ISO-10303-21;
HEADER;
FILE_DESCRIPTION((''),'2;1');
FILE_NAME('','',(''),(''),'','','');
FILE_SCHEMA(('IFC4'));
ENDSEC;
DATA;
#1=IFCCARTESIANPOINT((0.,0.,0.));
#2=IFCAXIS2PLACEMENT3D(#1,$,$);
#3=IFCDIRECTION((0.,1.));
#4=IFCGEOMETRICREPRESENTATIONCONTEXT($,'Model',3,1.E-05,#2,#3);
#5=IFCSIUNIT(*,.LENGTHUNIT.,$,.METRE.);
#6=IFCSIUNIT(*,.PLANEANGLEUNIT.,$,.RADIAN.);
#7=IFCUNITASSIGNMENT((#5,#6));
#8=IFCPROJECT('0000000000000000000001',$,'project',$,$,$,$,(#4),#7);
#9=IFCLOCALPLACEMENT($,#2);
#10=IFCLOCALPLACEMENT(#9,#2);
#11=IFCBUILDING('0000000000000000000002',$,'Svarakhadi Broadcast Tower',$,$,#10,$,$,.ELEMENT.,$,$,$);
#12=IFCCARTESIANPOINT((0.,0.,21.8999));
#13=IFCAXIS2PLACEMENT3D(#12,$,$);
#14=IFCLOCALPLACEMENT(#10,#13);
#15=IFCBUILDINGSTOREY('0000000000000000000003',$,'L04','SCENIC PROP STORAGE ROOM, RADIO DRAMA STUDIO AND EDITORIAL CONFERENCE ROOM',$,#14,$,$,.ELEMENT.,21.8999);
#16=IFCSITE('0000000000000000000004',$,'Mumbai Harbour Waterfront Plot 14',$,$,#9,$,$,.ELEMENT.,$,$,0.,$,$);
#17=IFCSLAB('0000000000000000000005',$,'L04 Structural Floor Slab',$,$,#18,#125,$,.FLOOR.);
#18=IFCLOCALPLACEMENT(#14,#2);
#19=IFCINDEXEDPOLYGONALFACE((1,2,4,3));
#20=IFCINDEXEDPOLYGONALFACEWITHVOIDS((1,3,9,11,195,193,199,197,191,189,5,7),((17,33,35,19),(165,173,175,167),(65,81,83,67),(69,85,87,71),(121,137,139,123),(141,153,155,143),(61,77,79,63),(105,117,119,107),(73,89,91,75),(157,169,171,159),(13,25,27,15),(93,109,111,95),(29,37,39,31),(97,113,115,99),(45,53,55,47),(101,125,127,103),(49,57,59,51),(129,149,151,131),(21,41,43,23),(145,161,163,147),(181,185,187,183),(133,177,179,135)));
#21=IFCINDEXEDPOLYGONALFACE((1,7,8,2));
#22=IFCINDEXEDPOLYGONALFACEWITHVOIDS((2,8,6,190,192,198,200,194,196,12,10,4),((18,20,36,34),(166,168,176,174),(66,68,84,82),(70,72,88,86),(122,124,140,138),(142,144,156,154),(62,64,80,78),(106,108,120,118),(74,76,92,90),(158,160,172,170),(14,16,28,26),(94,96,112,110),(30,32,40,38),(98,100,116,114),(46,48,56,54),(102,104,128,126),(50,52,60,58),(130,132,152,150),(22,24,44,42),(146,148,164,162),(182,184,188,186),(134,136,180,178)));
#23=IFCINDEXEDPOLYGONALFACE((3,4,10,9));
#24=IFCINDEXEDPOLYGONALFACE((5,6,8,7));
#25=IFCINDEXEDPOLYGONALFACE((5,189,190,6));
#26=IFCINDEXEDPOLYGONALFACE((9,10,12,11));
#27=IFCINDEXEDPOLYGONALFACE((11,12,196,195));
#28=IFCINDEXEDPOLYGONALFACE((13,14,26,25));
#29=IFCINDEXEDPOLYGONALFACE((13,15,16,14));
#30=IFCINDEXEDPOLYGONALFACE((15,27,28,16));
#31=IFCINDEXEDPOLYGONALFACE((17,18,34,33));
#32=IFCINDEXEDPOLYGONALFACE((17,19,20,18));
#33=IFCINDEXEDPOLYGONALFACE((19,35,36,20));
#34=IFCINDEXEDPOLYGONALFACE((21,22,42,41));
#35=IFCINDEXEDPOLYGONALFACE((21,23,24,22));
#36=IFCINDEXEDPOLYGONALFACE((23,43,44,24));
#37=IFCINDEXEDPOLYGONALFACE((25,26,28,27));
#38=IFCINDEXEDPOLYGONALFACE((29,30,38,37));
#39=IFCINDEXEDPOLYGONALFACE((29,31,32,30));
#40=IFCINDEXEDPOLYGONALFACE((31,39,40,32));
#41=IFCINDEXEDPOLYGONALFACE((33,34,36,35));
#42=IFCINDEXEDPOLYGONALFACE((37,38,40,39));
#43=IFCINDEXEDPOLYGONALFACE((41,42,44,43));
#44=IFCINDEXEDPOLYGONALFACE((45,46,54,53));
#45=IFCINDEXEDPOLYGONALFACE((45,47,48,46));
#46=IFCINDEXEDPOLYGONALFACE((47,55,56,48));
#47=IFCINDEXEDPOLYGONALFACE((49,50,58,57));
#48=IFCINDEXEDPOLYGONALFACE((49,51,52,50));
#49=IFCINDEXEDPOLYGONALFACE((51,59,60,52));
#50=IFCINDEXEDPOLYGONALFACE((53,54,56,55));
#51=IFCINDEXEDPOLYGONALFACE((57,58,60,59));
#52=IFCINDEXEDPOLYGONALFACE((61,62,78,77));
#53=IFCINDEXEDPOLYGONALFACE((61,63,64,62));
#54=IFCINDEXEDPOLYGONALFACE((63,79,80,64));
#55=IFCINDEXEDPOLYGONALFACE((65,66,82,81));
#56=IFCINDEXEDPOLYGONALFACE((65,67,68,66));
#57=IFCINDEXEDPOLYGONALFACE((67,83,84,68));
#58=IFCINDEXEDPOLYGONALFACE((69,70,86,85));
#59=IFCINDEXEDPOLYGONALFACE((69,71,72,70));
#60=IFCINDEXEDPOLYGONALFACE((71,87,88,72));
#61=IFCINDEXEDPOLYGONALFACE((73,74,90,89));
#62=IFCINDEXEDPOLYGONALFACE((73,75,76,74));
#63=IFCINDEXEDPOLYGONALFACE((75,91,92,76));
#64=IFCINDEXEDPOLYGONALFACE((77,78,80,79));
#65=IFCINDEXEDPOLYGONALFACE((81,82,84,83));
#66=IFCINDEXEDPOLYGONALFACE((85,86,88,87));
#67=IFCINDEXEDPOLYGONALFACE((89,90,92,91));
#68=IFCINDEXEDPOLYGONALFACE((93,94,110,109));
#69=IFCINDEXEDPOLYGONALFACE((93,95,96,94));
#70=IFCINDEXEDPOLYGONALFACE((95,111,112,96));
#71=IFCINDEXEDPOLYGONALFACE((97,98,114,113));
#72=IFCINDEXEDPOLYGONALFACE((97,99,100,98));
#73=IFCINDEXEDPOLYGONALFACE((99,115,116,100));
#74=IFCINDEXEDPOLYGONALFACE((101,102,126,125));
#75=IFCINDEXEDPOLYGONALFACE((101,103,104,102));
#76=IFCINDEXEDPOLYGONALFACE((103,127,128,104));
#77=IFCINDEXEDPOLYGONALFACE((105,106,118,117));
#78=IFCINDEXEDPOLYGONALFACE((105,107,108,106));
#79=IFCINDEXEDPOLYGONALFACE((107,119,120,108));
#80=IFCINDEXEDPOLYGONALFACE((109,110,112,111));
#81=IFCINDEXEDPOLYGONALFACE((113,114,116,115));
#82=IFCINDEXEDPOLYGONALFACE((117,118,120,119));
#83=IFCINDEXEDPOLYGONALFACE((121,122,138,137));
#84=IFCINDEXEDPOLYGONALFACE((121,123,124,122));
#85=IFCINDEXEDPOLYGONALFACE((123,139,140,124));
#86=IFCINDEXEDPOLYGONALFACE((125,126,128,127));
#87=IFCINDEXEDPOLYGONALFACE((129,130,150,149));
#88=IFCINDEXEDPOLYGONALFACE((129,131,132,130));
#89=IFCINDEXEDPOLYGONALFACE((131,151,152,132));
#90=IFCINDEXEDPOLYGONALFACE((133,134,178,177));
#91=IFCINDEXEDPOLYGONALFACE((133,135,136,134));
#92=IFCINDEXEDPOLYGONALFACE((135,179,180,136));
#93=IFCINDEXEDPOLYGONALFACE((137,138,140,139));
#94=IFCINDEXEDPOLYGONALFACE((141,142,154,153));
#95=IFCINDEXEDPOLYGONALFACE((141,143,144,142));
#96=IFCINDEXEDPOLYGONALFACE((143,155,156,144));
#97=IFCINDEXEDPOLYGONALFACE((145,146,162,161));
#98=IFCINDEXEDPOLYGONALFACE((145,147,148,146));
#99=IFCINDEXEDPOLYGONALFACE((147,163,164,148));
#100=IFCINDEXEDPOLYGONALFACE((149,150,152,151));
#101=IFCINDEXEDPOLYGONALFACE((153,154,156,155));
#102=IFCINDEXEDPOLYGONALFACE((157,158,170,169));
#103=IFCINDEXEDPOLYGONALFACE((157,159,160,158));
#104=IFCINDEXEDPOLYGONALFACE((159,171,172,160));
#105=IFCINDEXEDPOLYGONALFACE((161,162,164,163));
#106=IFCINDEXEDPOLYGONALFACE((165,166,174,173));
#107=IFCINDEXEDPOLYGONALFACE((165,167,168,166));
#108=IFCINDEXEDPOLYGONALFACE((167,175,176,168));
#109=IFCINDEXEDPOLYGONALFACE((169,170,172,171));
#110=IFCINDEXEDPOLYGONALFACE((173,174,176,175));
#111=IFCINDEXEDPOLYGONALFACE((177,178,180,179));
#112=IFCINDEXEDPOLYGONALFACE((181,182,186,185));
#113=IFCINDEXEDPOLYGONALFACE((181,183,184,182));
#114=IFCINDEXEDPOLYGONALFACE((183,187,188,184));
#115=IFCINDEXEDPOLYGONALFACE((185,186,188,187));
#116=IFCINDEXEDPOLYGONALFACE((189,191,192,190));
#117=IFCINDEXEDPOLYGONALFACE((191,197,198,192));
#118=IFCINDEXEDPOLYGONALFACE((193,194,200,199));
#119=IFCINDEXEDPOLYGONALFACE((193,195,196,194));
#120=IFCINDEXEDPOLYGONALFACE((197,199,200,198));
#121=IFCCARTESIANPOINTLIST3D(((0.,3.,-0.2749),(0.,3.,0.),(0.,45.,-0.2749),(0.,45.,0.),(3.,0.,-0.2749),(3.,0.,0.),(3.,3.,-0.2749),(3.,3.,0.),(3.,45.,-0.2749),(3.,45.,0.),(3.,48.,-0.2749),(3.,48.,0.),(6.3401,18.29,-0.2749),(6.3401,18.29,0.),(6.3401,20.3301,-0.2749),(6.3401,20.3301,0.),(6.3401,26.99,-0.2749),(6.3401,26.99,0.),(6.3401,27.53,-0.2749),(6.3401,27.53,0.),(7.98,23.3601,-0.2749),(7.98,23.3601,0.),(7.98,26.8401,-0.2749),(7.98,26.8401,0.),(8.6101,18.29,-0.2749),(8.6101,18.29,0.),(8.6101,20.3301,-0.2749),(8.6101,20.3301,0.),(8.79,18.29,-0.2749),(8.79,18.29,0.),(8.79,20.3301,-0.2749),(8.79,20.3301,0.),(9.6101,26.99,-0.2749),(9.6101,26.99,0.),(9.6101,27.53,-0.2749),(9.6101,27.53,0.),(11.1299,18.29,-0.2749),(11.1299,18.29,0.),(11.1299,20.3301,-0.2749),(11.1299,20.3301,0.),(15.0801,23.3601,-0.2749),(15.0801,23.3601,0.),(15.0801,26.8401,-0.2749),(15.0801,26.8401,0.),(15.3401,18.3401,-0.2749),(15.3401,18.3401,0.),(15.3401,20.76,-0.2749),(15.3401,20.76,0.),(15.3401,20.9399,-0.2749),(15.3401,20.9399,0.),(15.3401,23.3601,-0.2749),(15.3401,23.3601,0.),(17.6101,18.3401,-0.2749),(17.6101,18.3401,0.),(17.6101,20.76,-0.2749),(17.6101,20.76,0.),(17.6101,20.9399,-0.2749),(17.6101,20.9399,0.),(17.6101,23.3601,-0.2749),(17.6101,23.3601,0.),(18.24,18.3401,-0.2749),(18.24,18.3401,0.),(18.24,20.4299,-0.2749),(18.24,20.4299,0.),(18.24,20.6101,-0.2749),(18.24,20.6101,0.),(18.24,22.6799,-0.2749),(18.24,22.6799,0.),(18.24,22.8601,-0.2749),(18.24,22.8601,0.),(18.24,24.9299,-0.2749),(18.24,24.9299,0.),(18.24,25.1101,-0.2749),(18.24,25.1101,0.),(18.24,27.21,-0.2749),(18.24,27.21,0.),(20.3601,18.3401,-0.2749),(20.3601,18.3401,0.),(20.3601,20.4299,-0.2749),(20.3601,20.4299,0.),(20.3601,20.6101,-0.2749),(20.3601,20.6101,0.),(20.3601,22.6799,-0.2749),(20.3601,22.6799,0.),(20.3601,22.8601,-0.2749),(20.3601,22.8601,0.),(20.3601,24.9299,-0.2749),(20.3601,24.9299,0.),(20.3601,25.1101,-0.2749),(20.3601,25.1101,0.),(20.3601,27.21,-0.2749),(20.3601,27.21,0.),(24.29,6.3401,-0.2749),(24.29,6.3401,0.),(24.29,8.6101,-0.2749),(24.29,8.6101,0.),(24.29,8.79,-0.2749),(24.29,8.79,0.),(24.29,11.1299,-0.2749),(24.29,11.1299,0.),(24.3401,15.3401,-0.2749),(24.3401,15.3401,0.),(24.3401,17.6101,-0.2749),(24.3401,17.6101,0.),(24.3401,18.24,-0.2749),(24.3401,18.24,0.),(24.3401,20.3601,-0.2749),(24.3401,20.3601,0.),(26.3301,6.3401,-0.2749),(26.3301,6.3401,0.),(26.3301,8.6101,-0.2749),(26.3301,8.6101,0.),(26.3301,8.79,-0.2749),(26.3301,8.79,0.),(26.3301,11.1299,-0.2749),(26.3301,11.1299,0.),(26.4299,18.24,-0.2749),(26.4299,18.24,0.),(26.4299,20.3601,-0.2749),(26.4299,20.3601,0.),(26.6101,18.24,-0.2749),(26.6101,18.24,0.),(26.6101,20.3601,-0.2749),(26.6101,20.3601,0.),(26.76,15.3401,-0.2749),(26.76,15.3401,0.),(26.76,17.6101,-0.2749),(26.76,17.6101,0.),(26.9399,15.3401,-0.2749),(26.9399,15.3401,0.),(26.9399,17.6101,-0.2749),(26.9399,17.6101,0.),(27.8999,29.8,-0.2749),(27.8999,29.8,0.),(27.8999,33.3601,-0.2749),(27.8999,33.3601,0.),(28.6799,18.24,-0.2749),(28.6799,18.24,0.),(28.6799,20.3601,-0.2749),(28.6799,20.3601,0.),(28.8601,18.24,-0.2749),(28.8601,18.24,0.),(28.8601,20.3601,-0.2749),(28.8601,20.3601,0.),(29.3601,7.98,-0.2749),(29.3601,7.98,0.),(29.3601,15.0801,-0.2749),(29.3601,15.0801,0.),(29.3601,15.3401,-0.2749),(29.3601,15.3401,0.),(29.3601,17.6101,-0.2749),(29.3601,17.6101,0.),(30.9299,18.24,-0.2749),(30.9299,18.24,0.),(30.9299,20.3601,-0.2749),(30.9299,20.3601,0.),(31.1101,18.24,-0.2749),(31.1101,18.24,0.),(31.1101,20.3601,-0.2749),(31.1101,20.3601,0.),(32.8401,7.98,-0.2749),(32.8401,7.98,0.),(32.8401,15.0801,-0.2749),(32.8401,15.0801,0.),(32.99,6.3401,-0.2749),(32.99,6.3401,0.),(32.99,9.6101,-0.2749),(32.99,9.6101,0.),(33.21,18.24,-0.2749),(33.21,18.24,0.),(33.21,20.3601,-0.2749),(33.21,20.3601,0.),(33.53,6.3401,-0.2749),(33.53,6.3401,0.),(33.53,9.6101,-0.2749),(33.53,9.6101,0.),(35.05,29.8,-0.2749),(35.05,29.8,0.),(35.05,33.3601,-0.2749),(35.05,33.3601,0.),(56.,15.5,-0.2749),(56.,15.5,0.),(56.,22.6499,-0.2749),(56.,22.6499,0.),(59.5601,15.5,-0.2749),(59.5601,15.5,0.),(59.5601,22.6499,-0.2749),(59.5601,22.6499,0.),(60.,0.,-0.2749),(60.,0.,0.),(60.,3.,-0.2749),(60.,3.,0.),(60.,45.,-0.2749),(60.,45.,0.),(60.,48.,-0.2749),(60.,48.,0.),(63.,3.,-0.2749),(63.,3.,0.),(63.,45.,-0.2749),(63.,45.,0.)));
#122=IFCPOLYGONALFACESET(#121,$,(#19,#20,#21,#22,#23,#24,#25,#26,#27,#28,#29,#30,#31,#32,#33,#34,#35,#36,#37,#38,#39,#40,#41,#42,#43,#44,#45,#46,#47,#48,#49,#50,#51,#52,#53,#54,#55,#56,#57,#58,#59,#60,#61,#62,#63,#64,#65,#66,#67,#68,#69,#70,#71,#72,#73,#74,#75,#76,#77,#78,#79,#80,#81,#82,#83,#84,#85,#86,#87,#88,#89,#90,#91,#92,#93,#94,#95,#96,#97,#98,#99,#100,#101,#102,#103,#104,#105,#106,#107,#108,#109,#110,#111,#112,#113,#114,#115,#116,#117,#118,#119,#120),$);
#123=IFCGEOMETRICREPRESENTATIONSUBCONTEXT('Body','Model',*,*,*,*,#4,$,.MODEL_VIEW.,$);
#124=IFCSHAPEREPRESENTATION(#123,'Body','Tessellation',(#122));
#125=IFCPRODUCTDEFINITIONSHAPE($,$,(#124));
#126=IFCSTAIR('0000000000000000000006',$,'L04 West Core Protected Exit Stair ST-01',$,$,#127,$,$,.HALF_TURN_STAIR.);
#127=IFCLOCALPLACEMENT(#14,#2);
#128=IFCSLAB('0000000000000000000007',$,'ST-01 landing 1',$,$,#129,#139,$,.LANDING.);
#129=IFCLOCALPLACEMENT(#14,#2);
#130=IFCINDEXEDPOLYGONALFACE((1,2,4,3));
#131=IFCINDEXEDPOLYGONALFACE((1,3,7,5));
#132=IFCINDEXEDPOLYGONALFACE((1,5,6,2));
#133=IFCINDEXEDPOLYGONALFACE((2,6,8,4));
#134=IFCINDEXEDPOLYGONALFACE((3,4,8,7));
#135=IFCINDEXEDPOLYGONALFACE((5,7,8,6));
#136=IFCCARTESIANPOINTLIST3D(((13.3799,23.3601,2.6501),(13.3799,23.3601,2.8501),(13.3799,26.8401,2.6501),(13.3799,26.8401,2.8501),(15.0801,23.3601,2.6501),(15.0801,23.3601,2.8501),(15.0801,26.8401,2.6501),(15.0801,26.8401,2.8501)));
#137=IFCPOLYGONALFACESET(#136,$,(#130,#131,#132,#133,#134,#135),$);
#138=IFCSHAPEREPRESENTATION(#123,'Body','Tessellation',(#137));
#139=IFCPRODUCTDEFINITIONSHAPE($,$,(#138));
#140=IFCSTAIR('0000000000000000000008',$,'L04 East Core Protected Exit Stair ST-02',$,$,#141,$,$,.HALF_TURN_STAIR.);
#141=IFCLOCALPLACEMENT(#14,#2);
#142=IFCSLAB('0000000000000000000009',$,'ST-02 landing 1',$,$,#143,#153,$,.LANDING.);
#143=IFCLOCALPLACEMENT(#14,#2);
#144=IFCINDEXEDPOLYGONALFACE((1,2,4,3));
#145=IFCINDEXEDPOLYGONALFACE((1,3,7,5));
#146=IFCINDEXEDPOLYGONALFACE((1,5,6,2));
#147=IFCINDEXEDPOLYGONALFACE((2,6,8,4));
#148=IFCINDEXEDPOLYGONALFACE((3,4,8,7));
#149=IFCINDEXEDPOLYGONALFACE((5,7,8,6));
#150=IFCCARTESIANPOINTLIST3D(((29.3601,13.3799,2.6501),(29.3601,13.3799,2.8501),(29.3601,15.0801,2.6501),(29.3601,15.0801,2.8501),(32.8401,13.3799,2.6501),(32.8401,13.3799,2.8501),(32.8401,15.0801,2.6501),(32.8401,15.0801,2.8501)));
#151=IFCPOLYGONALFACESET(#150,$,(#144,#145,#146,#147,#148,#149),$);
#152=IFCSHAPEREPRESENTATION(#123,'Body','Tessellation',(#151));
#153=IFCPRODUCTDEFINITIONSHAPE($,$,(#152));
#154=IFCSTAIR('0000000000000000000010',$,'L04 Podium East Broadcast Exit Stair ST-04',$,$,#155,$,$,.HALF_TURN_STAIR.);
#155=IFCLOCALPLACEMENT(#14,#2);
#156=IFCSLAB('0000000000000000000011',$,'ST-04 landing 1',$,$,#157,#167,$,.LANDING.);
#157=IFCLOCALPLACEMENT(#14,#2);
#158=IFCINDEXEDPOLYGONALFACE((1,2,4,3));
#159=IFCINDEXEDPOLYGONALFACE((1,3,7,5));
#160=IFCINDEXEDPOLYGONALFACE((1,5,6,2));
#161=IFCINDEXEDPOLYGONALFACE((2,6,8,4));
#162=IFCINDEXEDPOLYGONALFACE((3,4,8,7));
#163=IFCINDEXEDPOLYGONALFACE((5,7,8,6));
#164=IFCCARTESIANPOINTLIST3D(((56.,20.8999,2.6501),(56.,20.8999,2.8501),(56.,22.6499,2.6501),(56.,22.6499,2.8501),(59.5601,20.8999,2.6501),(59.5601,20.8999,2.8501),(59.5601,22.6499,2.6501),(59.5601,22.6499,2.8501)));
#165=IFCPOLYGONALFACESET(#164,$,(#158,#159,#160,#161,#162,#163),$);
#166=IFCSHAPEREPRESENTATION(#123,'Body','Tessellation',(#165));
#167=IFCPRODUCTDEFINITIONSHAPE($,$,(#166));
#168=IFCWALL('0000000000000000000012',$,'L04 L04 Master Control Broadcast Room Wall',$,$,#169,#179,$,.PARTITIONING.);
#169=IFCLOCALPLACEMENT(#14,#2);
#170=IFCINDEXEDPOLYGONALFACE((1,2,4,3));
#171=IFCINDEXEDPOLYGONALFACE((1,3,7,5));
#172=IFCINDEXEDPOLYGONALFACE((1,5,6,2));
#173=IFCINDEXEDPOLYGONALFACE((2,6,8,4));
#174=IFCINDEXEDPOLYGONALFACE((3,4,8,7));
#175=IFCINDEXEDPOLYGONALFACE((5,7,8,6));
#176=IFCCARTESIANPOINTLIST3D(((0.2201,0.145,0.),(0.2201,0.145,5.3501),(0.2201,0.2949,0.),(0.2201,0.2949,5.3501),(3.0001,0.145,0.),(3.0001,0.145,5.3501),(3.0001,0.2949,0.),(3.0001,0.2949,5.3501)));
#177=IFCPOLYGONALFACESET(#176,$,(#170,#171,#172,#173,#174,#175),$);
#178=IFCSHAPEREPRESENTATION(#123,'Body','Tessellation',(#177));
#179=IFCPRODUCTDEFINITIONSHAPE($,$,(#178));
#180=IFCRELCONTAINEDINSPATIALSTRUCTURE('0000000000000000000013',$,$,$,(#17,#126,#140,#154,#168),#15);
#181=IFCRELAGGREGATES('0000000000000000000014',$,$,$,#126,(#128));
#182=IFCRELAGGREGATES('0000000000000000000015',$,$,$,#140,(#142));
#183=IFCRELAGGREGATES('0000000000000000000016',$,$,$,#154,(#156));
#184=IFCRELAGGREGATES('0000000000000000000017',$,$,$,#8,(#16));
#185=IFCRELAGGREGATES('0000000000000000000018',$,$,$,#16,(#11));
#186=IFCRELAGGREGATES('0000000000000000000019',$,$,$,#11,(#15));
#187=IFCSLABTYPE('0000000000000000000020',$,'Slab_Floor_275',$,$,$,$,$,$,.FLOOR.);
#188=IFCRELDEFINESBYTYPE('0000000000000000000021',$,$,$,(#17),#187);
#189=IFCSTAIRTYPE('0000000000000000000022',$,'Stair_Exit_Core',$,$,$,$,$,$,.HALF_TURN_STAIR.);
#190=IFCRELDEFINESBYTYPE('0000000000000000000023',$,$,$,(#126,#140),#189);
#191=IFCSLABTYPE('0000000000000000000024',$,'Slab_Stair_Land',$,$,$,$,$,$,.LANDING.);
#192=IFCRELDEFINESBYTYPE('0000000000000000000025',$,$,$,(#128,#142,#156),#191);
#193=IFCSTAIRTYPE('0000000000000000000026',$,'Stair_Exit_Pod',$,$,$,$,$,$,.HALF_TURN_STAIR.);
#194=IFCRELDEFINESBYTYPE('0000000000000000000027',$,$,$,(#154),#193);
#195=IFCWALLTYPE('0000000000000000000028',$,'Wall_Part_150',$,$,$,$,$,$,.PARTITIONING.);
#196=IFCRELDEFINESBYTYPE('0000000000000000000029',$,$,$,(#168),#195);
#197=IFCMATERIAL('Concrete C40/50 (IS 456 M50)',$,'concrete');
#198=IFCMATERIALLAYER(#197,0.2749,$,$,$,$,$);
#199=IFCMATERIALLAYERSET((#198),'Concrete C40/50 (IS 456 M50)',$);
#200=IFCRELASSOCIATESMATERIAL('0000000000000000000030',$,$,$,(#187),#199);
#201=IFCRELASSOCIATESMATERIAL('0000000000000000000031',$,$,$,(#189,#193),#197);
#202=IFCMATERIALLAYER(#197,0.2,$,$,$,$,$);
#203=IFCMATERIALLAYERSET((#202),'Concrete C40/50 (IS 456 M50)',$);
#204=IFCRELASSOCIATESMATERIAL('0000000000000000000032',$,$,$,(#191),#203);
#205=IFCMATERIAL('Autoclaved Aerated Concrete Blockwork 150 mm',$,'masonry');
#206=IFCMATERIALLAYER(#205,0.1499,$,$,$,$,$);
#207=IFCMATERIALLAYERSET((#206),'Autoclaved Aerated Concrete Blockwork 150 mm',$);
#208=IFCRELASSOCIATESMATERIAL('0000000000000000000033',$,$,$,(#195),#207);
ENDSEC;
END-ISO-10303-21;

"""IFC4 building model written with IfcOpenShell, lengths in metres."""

from ifc_helpers import new_model, si_unit, direction, frame, frame_2d, origin, place, context, subcontext, project, spatial, polyline, rectangle, outline, extrude, material, layer, layer_set, type_object, element, aggregate, save


model = new_model("IFC4")

# Units and contexts
model_context = context("Model", 3, precision=1e-05, world=origin(), true_north=direction((0.0, 1.0)))
body_context = subcontext(model_context, "Body", "Model", "MODEL_VIEW")
ifc_project = project(units=[si_unit("LENGTHUNIT", "METRE"), si_unit("PLANEANGLEUNIT", "RADIAN")], contexts=[model_context])

# Site, building, storey
site_placement = place(None, origin())
site = spatial("IfcSite", under=ifc_project, at=site_placement, Name="Mumbai Harbour Waterfront Plot 14", CompositionType="ELEMENT", RefElevation=0.0)
building_placement = place(site_placement, origin())
building = spatial("IfcBuilding", under=site, at=building_placement, Name="Svarakhadi Broadcast Tower", CompositionType="ELEMENT")
storey_placement = place(building_placement, frame((0.0, 0.0, 21.8999)))
storey = spatial("IfcBuildingStorey", under=building, at=storey_placement, Name="L04", Description="SCENIC PROP STORAGE ROOM, RADIO DRAMA STUDIO AND EDITORIAL CONFERENCE ROOM", CompositionType="ELEMENT", Elevation=21.8999)

# Slab
ifc_material_1 = material(Name="Concrete C40/50 (IS 456 M50)", Category="concrete")
ifc_layer_1 = layer(ifc_material_1, 0.2749)
ifc_layer_set_1 = layer_set([ifc_layer_1], Name="Concrete C40/50 (IS 456 M50)")
slab_type_1 = type_object("IfcSlabType", Name="Slab_Floor_275", PredefinedType="FLOOR", material=ifc_layer_set_1)
slab_1_placement = place(storey_placement, frame((0.0, 0.0, -0.2749)))
element("IfcSlab", 1, at=slab_1_placement, inside=storey, type_object=slab_type_1, Name="L04 Structural Floor Slab", PredefinedType="FLOOR", context=body_context, shape_type="SweptSolid", body=[
    extrude(outline(polyline([(3.0, 0.0), (60.0, 0.0), (60.0, 3.0), (63.0, 3.0), (63.0, 45.0), (60.0, 45.0), (60.0, 48.0), (3.0, 48.0), (3.0, 45.0), (0.0, 45.0), (0.0, 3.0), (3.0, 3.0), (3.0, 0.0)]), holes=[polyline([(7.98, 23.3601), (15.0801, 23.3601), (15.0801, 26.8401), (7.98, 26.8401), (7.98, 23.3601)]), polyline([(32.8401, 7.98), (32.8401, 15.0801), (29.3601, 15.0801), (29.3601, 7.98), (32.8401, 7.98)]), polyline([(27.8999, 29.8), (35.05, 29.8), (35.05, 33.3601), (27.8999, 33.3601), (27.8999, 29.8)]), polyline([(59.5601, 15.5), (59.5601, 22.6499), (56.0, 22.6499), (56.0, 15.5), (59.5601, 15.5)]), polyline([(6.3401, 18.29), (8.6101, 18.29), (8.6101, 20.3301), (6.3401, 20.3301), (6.3401, 18.29)]), polyline([(8.79, 18.29), (11.1299, 18.29), (11.1299, 20.3301), (8.79, 20.3301), (8.79, 18.29)]), polyline([(24.29, 6.3401), (26.3301, 6.3401), (26.3301, 8.6101), (24.29, 8.6101), (24.29, 6.3401)]), polyline([(24.29, 8.79), (26.3301, 8.79), (26.3301, 11.1299), (24.29, 11.1299), (24.29, 8.79)]), polyline([(6.3401, 26.99), (9.6101, 26.99), (9.6101, 27.53), (6.3401, 27.53), (6.3401, 26.99)]), polyline([(32.99, 6.3401), (33.53, 6.3401), (33.53, 9.6101), (32.99, 9.6101), (32.99, 6.3401)]), polyline([(15.3401, 18.3401), (17.6101, 18.3401), (17.6101, 20.76), (15.3401, 20.76), (15.3401, 18.3401)]), polyline([(15.3401, 20.9399), (17.6101, 20.9399), (17.6101, 23.3601), (15.3401, 23.3601), (15.3401, 20.9399)]), polyline([(24.3401, 15.3401), (26.76, 15.3401), (26.76, 17.6101), (24.3401, 17.6101), (24.3401, 15.3401)]), polyline([(26.9399, 15.3401), (29.3601, 15.3401), (29.3601, 17.6101), (26.9399, 17.6101), (26.9399, 15.3401)]), polyline([(18.24, 18.3401), (20.3601, 18.3401), (20.3601, 20.4299), (18.24, 20.4299), (18.24, 18.3401)]), polyline([(18.24, 20.6101), (20.3601, 20.6101), (20.3601, 22.6799), (18.24, 22.6799), (18.24, 20.6101)]), polyline([(18.24, 22.8601), (20.3601, 22.8601), (20.3601, 24.9299), (18.24, 24.9299), (18.24, 22.8601)]), polyline([(18.24, 25.1101), (20.3601, 25.1101), (20.3601, 27.21), (18.24, 27.21), (18.24, 25.1101)]), polyline([(24.3401, 18.24), (26.4299, 18.24), (26.4299, 20.3601), (24.3401, 20.3601), (24.3401, 18.24)]), polyline([(26.6101, 18.24), (28.6799, 18.24), (28.6799, 20.3601), (26.6101, 20.3601), (26.6101, 18.24)]), polyline([(28.8601, 18.24), (30.9299, 18.24), (30.9299, 20.3601), (28.8601, 20.3601), (28.8601, 18.24)]), polyline([(31.1101, 18.24), (33.21, 18.24), (33.21, 20.3601), (31.1101, 20.3601), (31.1101, 18.24)])]), origin(), (0.0, 0.0, 1.0), 0.2749),
])

# Stairs, slabs
stair_type_1 = type_object("IfcStairType", Name="Stair_Exit_Core", PredefinedType="HALF_TURN_STAIR", material=ifc_material_1)
stair_1_placement = place(storey_placement, origin())
stair_1 = element("IfcStair", 2, at=stair_1_placement, inside=storey, type_object=stair_type_1, Name="L04 West Core Protected Exit Stair ST-01", PredefinedType="HALF_TURN_STAIR")
ifc_layer_2 = layer(ifc_material_1, 0.2)
ifc_layer_set_2 = layer_set([ifc_layer_2], Name="Concrete C40/50 (IS 456 M50)")
slab_type_2 = type_object("IfcSlabType", Name="Slab_Stair_Land", PredefinedType="LANDING", material=ifc_layer_set_2)
slab_2_placement = place(storey_placement, frame((0.0, 0.0, 2.6501)))
slab_2 = element("IfcSlab", 3, at=slab_2_placement, type_object=slab_type_2, Name="ST-01 landing 1", PredefinedType="LANDING", context=body_context, shape_type="SweptSolid", body=[
    extrude(outline(polyline([(13.3799, 23.3601), (15.0801, 23.3601), (15.0801, 26.8401), (13.3799, 26.8401), (13.3799, 23.3601)])), origin(), (0.0, 0.0, 1.0), 0.2),
])
aggregate(stair_1, [slab_2])
stair_2_placement = place(storey_placement, origin())
stair_2 = element("IfcStair", 4, at=stair_2_placement, inside=storey, type_object=stair_type_1, Name="L04 East Core Protected Exit Stair ST-02", PredefinedType="HALF_TURN_STAIR")
slab_3_placement = place(storey_placement, frame((0.0, 0.0, 2.6501)))
slab_3 = element("IfcSlab", 5, at=slab_3_placement, type_object=slab_type_2, Name="ST-02 landing 1", PredefinedType="LANDING", context=body_context, shape_type="SweptSolid", body=[
    extrude(outline(polyline([(32.8401, 13.3799), (32.8401, 15.0801), (29.3601, 15.0801), (29.3601, 13.3799), (32.8401, 13.3799)])), origin(), (0.0, 0.0, 1.0), 0.2),
])
aggregate(stair_2, [slab_3])
stair_type_2 = type_object("IfcStairType", Name="Stair_Exit_Pod", PredefinedType="HALF_TURN_STAIR", material=ifc_material_1)
stair_3_placement = place(storey_placement, origin())
stair_3 = element("IfcStair", 6, at=stair_3_placement, inside=storey, type_object=stair_type_2, Name="L04 Podium East Broadcast Exit Stair ST-04", PredefinedType="HALF_TURN_STAIR")
slab_4_placement = place(storey_placement, frame((0.0, 0.0, 2.6501)))
slab_4 = element("IfcSlab", 7, at=slab_4_placement, type_object=slab_type_2, Name="ST-04 landing 1", PredefinedType="LANDING", context=body_context, shape_type="SweptSolid", body=[
    extrude(outline(polyline([(59.5601, 20.8999), (59.5601, 22.6499), (56.0, 22.6499), (56.0, 20.8999), (59.5601, 20.8999)])), origin(), (0.0, 0.0, 1.0), 0.2),
])
aggregate(stair_3, [slab_4])

# Wall
ifc_material_2 = material(Name="Autoclaved Aerated Concrete Blockwork 150 mm", Category="masonry")
ifc_layer_3 = layer(ifc_material_2, 0.1499)
ifc_layer_set_3 = layer_set([ifc_layer_3], Name="Autoclaved Aerated Concrete Blockwork 150 mm")
wall_type = type_object("IfcWallType", Name="Wall_Part_150", PredefinedType="PARTITIONING", material=ifc_layer_set_3)
wall_1_placement = place(storey_placement, frame((0.22, 0.22, 0.0), z_axis=(0.0, 0.0, 1.0), x_axis=(1.0, 0.0, 0.0)))
element("IfcWall", 8, at=wall_1_placement, inside=storey, type_object=wall_type, Name="L04 L04 Master Control Broadcast Room Wall", PredefinedType="PARTITIONING", context=body_context, shape_type="SweptSolid", body=[
    extrude(rectangle(XDim=2.78, YDim=0.1499, at=frame_2d((1.3901, 0.0))), origin(), (0.0, 0.0, 1.0), 5.3501),
])

save(model, "model.ifc")
